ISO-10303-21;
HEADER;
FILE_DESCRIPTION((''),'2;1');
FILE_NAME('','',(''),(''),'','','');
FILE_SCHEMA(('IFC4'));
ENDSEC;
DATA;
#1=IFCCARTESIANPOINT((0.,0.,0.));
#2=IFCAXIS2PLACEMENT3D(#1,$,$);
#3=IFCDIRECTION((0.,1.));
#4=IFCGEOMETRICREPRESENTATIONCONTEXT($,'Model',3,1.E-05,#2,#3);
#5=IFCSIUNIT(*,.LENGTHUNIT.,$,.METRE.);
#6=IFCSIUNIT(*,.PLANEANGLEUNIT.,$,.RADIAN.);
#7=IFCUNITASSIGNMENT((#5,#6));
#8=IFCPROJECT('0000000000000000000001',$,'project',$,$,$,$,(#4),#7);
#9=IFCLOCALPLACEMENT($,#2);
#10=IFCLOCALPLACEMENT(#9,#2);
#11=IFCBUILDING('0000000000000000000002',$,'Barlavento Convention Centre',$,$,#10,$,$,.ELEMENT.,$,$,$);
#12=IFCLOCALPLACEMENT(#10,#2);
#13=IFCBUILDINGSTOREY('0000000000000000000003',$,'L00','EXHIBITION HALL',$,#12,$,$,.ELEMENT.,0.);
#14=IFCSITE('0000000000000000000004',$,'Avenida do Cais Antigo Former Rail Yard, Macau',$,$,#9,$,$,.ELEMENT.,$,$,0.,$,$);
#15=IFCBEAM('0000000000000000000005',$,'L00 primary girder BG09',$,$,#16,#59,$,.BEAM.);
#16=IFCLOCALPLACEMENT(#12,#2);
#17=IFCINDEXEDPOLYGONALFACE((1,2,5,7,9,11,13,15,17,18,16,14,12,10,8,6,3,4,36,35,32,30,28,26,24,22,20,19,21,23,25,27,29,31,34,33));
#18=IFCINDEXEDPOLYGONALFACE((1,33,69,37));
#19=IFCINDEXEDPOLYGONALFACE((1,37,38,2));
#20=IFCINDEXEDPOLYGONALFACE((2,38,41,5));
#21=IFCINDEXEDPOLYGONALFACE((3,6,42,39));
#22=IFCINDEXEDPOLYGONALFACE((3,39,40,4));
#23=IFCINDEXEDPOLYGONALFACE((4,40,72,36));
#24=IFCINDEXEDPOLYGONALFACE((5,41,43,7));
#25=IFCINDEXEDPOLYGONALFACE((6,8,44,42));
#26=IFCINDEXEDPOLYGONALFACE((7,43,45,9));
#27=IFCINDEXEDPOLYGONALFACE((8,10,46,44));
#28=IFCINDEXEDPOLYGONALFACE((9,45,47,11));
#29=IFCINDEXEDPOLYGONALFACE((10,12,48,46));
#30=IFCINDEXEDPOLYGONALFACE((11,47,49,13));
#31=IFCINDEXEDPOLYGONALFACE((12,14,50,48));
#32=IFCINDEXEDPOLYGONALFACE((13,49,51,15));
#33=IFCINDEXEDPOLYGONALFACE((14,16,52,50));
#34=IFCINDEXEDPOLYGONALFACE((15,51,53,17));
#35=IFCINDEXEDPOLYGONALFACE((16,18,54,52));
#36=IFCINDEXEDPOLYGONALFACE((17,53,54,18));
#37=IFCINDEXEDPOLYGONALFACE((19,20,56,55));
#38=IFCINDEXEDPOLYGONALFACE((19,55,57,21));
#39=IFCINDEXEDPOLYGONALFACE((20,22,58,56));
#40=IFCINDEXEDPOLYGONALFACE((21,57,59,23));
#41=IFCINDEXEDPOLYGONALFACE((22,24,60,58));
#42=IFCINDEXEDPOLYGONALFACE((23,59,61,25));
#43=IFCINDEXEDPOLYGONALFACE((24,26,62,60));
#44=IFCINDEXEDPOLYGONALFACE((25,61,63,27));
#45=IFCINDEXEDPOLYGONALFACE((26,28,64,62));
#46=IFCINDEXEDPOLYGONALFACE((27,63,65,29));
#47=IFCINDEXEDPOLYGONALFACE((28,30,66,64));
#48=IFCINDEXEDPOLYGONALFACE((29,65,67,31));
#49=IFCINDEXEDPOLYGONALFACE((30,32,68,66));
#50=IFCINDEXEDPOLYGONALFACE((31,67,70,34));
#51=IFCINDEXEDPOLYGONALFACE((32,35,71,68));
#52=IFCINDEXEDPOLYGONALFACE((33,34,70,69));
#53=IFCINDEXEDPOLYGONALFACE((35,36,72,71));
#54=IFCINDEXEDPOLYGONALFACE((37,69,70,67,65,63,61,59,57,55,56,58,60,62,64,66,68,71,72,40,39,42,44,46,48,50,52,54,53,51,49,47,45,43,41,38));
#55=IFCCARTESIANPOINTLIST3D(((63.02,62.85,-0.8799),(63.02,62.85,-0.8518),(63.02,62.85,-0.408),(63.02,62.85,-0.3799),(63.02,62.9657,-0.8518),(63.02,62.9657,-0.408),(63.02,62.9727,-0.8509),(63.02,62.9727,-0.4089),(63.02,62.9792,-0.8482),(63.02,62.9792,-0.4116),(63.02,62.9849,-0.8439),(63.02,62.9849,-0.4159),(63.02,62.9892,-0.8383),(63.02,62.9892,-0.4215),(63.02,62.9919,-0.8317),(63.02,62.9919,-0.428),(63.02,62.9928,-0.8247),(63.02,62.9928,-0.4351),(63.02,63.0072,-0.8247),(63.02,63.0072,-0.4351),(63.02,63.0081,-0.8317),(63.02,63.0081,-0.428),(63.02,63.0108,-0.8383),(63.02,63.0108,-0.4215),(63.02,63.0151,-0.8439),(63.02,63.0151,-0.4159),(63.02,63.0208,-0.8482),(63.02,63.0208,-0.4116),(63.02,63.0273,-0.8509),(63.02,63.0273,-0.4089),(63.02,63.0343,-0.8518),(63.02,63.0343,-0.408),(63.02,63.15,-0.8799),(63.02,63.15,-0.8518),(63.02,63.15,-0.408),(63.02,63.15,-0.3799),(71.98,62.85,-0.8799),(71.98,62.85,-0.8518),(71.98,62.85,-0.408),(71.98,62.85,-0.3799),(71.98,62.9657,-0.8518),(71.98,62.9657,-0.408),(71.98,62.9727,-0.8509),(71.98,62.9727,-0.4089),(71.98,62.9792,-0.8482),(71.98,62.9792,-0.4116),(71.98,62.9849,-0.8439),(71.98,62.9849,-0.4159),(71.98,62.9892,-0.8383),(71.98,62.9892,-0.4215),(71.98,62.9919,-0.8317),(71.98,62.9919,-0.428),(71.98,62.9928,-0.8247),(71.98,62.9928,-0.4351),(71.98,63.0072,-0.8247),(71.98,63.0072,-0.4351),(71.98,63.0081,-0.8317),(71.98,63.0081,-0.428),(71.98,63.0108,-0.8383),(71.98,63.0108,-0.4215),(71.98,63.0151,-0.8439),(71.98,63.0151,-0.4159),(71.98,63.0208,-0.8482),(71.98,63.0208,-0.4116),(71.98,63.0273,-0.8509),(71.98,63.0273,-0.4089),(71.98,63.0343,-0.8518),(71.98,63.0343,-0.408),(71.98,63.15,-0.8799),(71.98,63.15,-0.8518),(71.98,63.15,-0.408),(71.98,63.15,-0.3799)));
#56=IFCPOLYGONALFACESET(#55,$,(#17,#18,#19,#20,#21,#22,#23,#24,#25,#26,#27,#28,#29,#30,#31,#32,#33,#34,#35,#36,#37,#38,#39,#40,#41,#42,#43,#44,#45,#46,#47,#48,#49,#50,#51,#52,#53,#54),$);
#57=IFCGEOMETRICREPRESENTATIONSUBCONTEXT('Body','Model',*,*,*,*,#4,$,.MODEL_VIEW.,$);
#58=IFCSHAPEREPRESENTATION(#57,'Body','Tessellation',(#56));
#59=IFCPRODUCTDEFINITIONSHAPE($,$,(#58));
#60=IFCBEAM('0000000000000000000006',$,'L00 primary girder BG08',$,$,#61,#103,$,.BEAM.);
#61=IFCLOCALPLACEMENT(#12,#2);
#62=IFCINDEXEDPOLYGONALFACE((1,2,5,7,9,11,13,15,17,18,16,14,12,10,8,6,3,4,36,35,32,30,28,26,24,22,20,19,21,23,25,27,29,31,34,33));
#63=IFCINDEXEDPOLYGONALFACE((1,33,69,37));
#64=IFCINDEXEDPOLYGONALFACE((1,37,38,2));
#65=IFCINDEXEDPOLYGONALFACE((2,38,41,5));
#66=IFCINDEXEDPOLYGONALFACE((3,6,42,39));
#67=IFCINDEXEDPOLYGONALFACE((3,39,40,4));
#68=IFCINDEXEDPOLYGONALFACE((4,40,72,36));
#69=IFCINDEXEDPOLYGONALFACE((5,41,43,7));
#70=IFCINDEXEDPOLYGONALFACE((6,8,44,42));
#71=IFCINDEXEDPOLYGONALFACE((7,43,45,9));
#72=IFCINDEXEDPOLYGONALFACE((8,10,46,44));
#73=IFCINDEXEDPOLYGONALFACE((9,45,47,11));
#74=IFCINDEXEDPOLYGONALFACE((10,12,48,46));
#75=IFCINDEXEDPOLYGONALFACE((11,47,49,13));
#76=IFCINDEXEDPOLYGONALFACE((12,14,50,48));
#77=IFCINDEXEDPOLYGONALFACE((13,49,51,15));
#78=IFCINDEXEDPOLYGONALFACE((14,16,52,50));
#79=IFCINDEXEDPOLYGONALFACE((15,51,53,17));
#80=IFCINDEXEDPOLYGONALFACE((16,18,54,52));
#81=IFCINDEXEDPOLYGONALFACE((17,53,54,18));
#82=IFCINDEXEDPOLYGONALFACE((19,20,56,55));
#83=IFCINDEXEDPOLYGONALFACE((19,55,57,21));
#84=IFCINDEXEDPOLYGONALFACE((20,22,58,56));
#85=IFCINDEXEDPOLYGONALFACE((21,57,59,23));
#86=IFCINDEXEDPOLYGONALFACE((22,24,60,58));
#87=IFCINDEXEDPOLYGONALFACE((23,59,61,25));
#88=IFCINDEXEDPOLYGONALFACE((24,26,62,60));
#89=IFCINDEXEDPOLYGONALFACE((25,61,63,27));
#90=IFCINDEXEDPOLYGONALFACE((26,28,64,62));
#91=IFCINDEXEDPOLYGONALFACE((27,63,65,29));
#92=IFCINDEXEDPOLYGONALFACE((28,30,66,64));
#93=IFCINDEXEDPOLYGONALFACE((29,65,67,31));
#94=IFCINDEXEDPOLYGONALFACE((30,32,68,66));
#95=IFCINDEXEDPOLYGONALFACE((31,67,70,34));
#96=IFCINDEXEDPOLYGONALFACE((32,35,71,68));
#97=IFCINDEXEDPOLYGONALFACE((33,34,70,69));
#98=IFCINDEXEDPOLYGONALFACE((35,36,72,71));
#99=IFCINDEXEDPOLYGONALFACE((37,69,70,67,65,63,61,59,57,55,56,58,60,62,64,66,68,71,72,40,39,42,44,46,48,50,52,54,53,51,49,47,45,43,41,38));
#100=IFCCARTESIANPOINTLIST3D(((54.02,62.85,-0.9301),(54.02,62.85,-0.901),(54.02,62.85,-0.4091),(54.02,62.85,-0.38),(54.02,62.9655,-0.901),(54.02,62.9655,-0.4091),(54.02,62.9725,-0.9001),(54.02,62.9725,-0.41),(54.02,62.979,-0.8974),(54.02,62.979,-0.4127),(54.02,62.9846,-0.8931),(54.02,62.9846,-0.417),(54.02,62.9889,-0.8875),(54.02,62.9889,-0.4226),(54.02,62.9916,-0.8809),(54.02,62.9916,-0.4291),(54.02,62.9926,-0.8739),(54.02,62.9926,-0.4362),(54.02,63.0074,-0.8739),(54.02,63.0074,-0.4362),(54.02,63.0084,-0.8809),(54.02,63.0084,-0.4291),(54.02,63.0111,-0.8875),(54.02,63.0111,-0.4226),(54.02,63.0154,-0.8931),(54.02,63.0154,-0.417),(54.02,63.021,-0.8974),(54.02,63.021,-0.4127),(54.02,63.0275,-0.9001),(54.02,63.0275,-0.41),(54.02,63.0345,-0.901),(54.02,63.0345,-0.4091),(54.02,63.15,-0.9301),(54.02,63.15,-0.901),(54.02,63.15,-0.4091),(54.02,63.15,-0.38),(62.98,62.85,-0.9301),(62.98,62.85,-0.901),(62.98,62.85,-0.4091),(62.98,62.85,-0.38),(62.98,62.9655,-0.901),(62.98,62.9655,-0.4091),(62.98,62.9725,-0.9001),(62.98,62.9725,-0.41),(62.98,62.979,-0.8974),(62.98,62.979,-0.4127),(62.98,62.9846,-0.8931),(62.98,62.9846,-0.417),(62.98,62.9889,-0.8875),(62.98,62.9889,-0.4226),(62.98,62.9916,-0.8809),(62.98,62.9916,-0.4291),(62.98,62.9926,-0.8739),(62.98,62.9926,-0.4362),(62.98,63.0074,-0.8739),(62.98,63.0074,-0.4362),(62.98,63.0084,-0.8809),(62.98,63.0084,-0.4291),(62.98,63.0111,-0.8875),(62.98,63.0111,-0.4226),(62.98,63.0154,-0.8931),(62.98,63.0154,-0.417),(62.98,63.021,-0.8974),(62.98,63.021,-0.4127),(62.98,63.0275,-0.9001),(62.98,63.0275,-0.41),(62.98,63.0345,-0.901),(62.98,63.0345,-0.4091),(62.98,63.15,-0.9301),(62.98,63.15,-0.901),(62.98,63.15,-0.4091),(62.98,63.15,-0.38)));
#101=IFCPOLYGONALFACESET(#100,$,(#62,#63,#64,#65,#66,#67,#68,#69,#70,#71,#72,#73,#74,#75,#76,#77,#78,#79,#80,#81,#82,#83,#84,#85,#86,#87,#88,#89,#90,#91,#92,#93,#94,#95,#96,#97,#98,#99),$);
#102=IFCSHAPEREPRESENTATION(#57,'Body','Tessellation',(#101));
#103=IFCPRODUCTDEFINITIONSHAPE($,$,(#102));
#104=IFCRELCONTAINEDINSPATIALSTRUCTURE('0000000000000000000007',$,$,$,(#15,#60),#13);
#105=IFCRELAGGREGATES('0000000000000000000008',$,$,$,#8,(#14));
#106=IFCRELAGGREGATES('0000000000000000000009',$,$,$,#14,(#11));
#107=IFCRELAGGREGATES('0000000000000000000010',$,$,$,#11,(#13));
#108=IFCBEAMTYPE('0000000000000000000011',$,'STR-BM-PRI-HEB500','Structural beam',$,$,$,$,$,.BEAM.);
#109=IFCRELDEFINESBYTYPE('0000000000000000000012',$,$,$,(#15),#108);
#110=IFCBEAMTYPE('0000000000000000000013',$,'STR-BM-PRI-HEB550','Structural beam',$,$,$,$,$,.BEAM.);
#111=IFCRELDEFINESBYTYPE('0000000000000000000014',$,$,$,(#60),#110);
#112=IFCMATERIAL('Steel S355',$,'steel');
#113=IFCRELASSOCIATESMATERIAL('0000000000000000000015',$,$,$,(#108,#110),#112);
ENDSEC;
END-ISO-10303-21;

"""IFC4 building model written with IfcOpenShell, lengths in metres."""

from ifc_helpers import new_model, si_unit, direction, frame, origin, origin_2d, place, context, subcontext, project, spatial, i_section, extrude, material, material_profile, profile_set, type_object, element, save


model = new_model("IFC4")

# Units and contexts
model_context = context("Model", 3, precision=1e-05, world=origin(), true_north=direction((0.0, 1.0)))
body_context = subcontext(model_context, "Body", "Model", "MODEL_VIEW")
ifc_project = project(units=[si_unit("LENGTHUNIT", "METRE"), si_unit("PLANEANGLEUNIT", "RADIAN")], contexts=[model_context])

# Site, building, storey
site_placement = place(None, origin())
site = spatial("IfcSite", under=ifc_project, at=site_placement, Name="Avenida do Cais Antigo Former Rail Yard, Macau", CompositionType="ELEMENT", RefElevation=0.0)
building_placement = place(site_placement, origin())
building = spatial("IfcBuilding", under=site, at=building_placement, Name="Barlavento Convention Centre", CompositionType="ELEMENT")
storey_placement = place(building_placement, origin())
storey = spatial("IfcBuildingStorey", under=building, at=storey_placement, Name="L00", Description="EXHIBITION HALL", CompositionType="ELEMENT", Elevation=0.0)

# Beams
ifc_material_1 = material(Name="Steel S355", Category="steel")
ifc_material_profile_1 = material_profile(ifc_material_1, i_section(OverallWidth=0.3, OverallDepth=0.5, WebThickness=0.0144, FlangeThickness=0.0281, FilletRadius=0.0271, at=origin_2d()), Name="HEB 500")
ifc_profile_set_1 = profile_set([ifc_material_profile_1], Name="Steel S355")
beam_type_1 = type_object("IfcBeamType", Name="STR-BM-PRI-HEB500", Description="Structural beam", PredefinedType="BEAM", material=ifc_profile_set_1)
beam_1_placement = place(storey_placement, frame((63.02, 63.0, -0.6299), z_axis=(1.0, 0.0, 0.0), x_axis=(0.0, 1.0, 0.0)))
element("IfcBeam", 1, at=beam_1_placement, inside=storey, type_object=beam_type_1, Name="L00 primary girder BG09", PredefinedType="BEAM", context=body_context, shape_type="SweptSolid", body=[
    extrude(i_section(OverallWidth=0.3, OverallDepth=0.5, WebThickness=0.0144, FlangeThickness=0.0281, FilletRadius=0.0271, at=origin_2d()), origin(), (0.0, 0.0, 1.0), 8.96),
])
ifc_material_profile_2 = material_profile(ifc_material_1, i_section(OverallWidth=0.3, OverallDepth=0.55, WebThickness=0.0149, FlangeThickness=0.0291, FilletRadius=0.0271, at=origin_2d()), Name="HEB 550")
ifc_profile_set_2 = profile_set([ifc_material_profile_2], Name="Steel S355")
beam_type_2 = type_object("IfcBeamType", Name="STR-BM-PRI-HEB550", Description="Structural beam", PredefinedType="BEAM", material=ifc_profile_set_2)
beam_2_placement = place(storey_placement, frame((54.02, 63.0, -0.655), z_axis=(1.0, 0.0, 0.0), x_axis=(0.0, 1.0, 0.0)))
element("IfcBeam", 2, at=beam_2_placement, inside=storey, type_object=beam_type_2, Name="L00 primary girder BG08", PredefinedType="BEAM", context=body_context, shape_type="SweptSolid", body=[
    extrude(i_section(OverallWidth=0.3, OverallDepth=0.55, WebThickness=0.0149, FlangeThickness=0.0291, FilletRadius=0.0271, at=origin_2d()), origin(), (0.0, 0.0, 1.0), 8.96),
])

save(model, "model.ifc")
